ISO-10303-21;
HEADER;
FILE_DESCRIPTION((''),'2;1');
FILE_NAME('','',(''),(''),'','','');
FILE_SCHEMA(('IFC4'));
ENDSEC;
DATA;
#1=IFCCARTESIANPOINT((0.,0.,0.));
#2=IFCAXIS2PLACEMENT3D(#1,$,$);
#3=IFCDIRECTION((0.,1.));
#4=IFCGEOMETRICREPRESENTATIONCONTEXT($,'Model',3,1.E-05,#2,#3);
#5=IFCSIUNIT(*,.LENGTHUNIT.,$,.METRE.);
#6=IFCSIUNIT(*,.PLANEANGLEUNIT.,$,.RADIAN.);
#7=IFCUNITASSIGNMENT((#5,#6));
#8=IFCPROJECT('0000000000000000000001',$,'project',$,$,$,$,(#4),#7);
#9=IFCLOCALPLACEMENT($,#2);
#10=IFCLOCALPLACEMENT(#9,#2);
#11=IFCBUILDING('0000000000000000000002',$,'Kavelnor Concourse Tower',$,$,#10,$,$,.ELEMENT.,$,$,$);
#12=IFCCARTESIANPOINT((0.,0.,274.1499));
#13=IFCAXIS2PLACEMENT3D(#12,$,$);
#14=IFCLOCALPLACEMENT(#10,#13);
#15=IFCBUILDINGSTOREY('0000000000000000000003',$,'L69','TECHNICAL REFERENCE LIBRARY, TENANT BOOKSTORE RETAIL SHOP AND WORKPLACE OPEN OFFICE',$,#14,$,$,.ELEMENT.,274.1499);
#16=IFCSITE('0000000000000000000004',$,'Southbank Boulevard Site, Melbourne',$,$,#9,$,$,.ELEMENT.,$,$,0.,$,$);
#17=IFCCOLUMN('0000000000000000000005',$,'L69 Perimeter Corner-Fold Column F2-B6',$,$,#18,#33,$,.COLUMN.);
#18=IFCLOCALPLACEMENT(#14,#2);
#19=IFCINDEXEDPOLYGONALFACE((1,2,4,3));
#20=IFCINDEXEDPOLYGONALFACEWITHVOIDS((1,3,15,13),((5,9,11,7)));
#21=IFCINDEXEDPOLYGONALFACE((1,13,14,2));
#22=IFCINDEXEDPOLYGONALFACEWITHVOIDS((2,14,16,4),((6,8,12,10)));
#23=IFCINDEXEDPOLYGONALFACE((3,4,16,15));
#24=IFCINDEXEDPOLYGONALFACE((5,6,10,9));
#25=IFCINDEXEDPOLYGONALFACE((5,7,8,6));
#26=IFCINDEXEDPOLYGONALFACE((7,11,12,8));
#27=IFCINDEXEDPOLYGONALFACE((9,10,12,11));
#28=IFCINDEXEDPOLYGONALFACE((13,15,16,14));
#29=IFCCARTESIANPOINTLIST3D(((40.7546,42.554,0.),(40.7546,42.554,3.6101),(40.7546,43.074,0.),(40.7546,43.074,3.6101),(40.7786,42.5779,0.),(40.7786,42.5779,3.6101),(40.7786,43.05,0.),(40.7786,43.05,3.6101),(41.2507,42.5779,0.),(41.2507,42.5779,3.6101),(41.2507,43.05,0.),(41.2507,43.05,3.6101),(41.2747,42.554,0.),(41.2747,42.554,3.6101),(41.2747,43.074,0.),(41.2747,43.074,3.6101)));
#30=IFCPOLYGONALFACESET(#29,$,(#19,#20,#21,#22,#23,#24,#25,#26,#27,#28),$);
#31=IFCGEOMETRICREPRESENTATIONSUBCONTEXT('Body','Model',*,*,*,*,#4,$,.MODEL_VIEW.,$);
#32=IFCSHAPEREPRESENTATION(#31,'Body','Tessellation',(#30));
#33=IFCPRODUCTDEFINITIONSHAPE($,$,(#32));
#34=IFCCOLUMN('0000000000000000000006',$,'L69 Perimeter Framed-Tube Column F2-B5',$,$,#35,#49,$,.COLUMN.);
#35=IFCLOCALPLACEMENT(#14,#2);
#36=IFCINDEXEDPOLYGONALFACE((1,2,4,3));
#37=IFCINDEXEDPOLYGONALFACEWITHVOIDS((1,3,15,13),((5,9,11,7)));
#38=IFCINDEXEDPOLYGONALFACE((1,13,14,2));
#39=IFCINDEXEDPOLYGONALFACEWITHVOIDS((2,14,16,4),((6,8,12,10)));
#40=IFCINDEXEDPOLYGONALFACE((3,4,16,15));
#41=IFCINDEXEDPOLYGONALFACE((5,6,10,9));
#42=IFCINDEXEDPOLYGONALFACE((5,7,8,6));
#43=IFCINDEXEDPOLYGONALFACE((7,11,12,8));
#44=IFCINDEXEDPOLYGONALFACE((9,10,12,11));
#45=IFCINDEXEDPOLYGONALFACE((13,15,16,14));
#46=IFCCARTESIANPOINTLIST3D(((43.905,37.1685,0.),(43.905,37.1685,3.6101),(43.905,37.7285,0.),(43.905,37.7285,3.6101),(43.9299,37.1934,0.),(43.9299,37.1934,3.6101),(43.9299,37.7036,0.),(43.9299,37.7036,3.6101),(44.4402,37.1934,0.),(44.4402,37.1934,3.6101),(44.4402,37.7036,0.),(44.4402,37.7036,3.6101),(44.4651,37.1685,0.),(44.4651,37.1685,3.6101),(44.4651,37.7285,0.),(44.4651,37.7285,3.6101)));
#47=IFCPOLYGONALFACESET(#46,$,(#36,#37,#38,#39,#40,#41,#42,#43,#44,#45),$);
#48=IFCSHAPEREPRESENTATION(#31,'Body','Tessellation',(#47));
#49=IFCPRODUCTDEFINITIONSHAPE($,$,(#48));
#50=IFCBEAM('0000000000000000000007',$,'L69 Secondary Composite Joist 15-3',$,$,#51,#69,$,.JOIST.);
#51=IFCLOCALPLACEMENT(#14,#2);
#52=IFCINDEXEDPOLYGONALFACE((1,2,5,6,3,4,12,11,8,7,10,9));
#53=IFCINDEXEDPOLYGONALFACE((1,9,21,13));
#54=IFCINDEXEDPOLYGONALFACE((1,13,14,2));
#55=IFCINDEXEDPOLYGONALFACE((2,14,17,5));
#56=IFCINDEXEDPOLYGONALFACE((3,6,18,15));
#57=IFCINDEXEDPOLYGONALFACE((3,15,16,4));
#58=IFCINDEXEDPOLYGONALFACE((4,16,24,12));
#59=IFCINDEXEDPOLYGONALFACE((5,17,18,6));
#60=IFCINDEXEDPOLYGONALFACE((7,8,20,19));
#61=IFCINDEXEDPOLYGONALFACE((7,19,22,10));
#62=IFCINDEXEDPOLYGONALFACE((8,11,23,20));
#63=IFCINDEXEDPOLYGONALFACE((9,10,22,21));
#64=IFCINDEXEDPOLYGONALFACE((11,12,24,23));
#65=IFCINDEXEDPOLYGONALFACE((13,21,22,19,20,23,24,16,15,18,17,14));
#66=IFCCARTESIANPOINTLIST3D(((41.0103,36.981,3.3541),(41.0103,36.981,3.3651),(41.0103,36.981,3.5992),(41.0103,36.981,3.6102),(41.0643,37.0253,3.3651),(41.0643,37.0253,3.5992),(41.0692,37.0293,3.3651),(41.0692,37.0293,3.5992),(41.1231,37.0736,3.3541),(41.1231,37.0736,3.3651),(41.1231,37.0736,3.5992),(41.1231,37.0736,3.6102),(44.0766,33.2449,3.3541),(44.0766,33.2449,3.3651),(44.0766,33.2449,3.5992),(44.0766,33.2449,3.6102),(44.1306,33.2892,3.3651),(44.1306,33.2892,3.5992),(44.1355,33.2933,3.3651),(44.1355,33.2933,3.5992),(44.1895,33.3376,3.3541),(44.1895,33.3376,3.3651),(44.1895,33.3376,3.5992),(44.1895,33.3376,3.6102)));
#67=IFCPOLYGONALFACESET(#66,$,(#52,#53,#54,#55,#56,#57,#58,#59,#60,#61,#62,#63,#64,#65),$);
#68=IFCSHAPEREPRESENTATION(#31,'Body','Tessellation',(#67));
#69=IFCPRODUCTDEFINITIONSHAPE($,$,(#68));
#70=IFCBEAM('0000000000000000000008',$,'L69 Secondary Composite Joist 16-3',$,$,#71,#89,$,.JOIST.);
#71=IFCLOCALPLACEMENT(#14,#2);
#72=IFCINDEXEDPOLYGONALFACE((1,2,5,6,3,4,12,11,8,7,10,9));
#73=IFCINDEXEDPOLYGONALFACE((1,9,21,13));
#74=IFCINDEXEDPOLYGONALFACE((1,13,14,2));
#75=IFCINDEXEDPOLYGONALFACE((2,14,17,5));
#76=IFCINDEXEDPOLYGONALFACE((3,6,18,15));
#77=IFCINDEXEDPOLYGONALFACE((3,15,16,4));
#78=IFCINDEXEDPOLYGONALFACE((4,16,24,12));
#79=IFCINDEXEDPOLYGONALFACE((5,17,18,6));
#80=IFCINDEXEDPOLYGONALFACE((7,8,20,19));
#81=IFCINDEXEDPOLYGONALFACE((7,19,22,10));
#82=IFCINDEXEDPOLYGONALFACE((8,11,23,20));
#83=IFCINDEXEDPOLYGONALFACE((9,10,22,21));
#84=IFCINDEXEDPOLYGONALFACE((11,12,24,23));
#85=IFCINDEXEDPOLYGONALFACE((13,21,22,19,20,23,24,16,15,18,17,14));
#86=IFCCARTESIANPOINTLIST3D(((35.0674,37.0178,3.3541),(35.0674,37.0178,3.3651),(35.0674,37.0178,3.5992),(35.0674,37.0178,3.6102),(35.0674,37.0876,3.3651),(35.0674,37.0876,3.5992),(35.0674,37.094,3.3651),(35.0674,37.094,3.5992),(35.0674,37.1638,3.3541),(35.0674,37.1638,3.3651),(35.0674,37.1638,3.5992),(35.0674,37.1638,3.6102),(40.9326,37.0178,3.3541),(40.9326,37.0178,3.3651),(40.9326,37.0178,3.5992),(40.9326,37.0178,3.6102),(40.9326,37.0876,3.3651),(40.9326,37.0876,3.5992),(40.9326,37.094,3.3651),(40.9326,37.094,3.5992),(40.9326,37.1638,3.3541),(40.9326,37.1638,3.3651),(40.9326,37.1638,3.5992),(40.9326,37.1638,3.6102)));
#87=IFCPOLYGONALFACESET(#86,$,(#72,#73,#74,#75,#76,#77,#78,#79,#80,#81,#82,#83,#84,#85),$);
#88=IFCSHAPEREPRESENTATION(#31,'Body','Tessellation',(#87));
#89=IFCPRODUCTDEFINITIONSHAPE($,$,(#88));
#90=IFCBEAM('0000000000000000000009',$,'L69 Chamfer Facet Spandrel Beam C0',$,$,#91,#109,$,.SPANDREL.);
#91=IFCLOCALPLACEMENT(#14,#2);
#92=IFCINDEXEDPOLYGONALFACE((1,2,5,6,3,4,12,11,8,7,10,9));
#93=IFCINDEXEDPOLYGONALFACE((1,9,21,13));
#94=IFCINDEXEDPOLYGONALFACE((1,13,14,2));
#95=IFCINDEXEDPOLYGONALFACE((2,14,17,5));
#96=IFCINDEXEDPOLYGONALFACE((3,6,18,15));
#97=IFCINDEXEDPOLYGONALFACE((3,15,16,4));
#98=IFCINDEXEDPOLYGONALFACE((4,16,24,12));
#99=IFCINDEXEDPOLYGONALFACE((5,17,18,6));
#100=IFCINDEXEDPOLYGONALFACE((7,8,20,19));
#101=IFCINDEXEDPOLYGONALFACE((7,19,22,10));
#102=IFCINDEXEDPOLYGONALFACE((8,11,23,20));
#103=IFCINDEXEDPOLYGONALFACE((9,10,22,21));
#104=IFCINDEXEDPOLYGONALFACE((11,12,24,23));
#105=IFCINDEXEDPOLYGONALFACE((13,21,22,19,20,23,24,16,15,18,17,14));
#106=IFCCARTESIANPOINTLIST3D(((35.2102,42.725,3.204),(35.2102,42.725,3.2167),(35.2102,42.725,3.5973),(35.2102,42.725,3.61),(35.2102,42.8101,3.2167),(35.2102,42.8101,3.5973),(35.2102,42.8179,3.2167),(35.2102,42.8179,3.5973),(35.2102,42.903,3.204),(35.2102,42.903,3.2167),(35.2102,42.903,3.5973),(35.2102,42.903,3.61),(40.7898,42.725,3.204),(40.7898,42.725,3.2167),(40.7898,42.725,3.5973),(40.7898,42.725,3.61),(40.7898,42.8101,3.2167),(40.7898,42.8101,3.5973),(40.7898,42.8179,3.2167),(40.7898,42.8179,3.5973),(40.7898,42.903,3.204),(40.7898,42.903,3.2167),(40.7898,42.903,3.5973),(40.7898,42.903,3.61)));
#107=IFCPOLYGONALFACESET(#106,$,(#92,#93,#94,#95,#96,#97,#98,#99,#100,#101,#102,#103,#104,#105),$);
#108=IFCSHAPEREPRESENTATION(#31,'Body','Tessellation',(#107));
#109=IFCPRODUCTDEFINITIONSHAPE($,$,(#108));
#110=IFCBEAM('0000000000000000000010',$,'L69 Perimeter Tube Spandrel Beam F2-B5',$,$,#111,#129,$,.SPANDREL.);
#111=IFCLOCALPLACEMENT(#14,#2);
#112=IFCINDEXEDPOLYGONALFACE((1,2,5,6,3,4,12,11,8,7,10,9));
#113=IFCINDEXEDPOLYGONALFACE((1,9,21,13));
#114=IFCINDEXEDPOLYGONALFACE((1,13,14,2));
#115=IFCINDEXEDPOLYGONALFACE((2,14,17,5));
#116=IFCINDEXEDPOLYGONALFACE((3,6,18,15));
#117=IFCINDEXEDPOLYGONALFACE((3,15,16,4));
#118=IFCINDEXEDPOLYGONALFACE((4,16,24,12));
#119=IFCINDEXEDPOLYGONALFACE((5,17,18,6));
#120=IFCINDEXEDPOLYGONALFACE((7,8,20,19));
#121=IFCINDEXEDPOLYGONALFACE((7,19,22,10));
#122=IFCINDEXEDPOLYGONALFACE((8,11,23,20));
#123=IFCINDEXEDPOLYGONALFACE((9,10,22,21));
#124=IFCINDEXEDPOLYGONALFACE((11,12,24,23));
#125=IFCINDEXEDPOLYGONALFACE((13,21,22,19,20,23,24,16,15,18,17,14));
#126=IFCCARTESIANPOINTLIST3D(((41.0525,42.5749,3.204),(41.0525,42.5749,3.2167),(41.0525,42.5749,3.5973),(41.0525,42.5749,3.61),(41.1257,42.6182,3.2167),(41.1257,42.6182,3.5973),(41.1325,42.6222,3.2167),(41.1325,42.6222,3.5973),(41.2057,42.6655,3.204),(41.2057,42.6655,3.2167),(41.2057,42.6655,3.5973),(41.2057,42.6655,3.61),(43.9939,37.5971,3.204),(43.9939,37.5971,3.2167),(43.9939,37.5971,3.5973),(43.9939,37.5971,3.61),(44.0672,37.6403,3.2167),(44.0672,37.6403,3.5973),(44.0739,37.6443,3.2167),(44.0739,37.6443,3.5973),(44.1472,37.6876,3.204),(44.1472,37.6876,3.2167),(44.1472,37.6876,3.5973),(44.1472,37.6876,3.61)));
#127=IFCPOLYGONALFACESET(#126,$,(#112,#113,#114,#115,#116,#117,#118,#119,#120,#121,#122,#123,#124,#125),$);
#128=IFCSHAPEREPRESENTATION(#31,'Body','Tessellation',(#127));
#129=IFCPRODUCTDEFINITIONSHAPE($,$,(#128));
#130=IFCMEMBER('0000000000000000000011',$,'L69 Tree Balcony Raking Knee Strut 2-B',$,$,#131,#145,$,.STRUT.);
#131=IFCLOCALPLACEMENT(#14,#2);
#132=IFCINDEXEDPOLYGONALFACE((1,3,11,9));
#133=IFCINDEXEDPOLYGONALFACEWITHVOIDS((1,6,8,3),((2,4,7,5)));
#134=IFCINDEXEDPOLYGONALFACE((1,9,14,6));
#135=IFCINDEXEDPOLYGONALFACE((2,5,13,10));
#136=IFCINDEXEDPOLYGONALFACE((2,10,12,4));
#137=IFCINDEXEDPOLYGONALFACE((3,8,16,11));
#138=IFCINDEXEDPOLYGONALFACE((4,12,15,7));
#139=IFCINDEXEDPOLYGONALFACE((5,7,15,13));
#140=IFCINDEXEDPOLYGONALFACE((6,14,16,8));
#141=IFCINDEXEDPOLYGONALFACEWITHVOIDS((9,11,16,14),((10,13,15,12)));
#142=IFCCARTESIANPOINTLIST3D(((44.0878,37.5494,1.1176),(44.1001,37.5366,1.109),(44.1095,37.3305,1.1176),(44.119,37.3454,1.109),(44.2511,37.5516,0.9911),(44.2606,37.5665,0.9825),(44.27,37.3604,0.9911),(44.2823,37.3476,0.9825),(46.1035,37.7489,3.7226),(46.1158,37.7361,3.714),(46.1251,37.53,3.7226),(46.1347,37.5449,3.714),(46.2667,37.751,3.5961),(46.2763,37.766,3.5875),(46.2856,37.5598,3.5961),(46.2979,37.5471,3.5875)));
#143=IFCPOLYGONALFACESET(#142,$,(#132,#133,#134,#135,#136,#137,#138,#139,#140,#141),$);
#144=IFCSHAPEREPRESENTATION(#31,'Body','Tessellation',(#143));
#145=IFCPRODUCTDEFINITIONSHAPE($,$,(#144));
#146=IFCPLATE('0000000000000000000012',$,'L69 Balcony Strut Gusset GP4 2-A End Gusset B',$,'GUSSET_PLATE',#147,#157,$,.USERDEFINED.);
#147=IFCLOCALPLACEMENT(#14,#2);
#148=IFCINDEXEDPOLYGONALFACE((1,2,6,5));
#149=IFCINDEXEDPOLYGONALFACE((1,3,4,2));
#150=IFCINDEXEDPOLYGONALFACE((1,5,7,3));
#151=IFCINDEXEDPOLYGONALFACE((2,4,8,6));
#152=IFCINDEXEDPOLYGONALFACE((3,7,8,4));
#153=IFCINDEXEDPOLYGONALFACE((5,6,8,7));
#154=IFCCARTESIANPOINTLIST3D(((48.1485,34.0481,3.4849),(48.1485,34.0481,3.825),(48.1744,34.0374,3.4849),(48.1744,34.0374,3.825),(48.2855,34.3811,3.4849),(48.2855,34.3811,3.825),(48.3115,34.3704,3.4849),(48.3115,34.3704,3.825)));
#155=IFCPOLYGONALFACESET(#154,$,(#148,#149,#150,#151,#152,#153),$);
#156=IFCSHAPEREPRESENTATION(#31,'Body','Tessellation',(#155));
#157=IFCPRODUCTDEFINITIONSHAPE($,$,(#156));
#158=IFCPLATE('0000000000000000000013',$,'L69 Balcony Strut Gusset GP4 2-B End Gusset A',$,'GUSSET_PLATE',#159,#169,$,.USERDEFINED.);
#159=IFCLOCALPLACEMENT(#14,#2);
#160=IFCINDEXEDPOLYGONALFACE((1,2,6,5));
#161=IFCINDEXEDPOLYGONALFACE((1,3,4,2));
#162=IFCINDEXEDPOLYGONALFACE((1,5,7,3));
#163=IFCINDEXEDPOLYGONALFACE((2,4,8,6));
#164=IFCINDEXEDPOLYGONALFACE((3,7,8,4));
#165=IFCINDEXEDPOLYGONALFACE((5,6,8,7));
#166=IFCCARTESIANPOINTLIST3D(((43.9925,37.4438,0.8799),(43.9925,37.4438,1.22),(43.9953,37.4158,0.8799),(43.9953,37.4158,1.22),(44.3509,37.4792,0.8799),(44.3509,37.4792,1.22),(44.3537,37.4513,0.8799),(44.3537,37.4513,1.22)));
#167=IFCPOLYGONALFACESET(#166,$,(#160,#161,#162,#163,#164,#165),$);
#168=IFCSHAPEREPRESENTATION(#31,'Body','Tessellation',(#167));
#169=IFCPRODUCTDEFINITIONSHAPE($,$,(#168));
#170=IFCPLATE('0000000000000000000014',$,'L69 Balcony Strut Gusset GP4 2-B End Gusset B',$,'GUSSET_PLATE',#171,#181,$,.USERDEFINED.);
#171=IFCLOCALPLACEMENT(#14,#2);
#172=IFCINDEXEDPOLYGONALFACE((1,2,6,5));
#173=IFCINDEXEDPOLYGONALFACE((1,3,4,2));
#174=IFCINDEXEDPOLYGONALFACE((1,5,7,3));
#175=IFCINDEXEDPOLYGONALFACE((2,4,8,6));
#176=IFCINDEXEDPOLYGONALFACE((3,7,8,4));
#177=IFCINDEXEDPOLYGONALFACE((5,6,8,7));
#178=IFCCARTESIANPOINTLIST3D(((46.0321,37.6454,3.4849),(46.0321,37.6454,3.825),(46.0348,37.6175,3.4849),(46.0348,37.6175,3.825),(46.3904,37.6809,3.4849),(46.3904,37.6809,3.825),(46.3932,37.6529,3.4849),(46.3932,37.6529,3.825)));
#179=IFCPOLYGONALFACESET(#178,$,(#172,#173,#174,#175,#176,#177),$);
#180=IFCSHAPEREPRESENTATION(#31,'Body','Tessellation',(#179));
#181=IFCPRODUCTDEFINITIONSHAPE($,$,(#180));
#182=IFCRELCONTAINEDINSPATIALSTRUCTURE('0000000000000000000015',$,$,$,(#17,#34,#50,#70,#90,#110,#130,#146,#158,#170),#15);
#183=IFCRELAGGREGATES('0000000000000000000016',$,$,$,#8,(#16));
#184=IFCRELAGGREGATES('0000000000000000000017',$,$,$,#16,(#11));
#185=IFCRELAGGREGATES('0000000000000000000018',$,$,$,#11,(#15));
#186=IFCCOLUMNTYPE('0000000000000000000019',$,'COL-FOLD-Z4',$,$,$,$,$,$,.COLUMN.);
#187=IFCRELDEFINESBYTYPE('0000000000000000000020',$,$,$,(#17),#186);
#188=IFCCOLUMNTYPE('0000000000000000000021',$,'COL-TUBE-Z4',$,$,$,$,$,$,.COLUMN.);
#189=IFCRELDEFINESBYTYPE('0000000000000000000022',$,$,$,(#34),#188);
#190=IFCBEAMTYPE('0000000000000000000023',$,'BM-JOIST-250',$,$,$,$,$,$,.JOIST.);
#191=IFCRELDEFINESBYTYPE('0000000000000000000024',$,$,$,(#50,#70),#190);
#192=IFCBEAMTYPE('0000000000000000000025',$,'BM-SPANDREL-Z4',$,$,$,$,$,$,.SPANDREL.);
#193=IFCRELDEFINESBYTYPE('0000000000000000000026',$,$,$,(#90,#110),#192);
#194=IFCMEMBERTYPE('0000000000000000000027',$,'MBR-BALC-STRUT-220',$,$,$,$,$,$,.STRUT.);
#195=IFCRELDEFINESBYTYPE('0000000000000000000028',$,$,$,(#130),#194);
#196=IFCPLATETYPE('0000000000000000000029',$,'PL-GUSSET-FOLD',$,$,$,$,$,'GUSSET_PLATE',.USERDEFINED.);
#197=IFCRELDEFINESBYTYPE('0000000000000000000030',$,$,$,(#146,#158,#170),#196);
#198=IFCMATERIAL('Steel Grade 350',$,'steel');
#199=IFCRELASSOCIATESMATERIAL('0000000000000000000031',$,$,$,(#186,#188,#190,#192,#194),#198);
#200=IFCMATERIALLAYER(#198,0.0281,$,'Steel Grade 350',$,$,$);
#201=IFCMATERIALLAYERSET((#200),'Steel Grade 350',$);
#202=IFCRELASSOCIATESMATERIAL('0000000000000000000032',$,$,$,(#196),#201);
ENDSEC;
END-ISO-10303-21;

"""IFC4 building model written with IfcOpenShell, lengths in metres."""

from ifc_helpers import new_model, si_unit, direction, frame, origin, origin_2d, place, context, subcontext, project, spatial, rectangle, hollow_rectangle, i_section, extrude, material, layer, layer_set, material_profile, profile_set, type_object, element, save


model = new_model("IFC4")

# Units and contexts
model_context = context("Model", 3, precision=1e-05, world=origin(), true_north=direction((0.0, 1.0)))
body_context = subcontext(model_context, "Body", "Model", "MODEL_VIEW")
ifc_project = project(units=[si_unit("LENGTHUNIT", "METRE"), si_unit("PLANEANGLEUNIT", "RADIAN")], contexts=[model_context])

# Site, building, storey
site_placement = place(None, origin())
site = spatial("IfcSite", under=ifc_project, at=site_placement, Name="Southbank Boulevard Site, Melbourne", CompositionType="ELEMENT", RefElevation=0.0)
building_placement = place(site_placement, origin())
building = spatial("IfcBuilding", under=site, at=building_placement, Name="Kavelnor Concourse Tower", CompositionType="ELEMENT")
storey_placement = place(building_placement, frame((0.0, 0.0, 274.1499)))
storey = spatial("IfcBuildingStorey", under=building, at=storey_placement, Name="L69", Description="TECHNICAL REFERENCE LIBRARY, TENANT BOOKSTORE RETAIL SHOP AND WORKPLACE OPEN OFFICE", CompositionType="ELEMENT", Elevation=274.1499)

# Columns
ifc_material_1 = material(Name="Steel Grade 350", Category="steel")
ifc_material_profile_1 = material_profile(ifc_material_1, hollow_rectangle(XDim=0.52, YDim=0.52, WallThickness=0.0239, at=origin_2d()), Name="SHS 520x520x24")
ifc_profile_set_1 = profile_set([ifc_material_profile_1], Name="Steel Grade 350")
column_type_1 = type_object("IfcColumnType", Name="COL-FOLD-Z4", PredefinedType="COLUMN", material=ifc_profile_set_1)
column_1_placement = place(storey_placement, frame((41.0146, 42.814, 0.0), z_axis=(0.0, 0.0, 1.0), x_axis=(1.0, 0.0, 0.0)))
element("IfcColumn", 1, at=column_1_placement, inside=storey, type_object=column_type_1, Name="L69 Perimeter Corner-Fold Column F2-B6", PredefinedType="COLUMN", context=body_context, shape_type="SweptSolid", body=[
    extrude(hollow_rectangle(XDim=0.52, YDim=0.52, WallThickness=0.0239, at=origin_2d()), origin(), (0.0, 0.0, 1.0), 3.6101),
])
ifc_material_profile_2 = material_profile(ifc_material_1, hollow_rectangle(XDim=0.5601, YDim=0.5601, WallThickness=0.0249, at=origin_2d()), Name="SHS 560x560x25")
ifc_profile_set_2 = profile_set([ifc_material_profile_2], Name="Steel Grade 350")
column_type_2 = type_object("IfcColumnType", Name="COL-TUBE-Z4", PredefinedType="COLUMN", material=ifc_profile_set_2)
column_2_placement = place(storey_placement, frame((44.1851, 37.4485, 0.0), z_axis=(0.0, 0.0, 1.0), x_axis=(1.0, 0.0, 0.0)))
element("IfcColumn", 2, at=column_2_placement, inside=storey, type_object=column_type_2, Name="L69 Perimeter Framed-Tube Column F2-B5", PredefinedType="COLUMN", context=body_context, shape_type="SweptSolid", body=[
    extrude(hollow_rectangle(XDim=0.5601, YDim=0.5601, WallThickness=0.0249, at=origin_2d()), origin(), (0.0, 0.0, 1.0), 3.6101),
])

# Beams
ifc_material_profile_3 = material_profile(ifc_material_1, i_section(OverallWidth=0.146, OverallDepth=0.2561, WebThickness=0.0063, FlangeThickness=0.011, at=origin_2d()), Name="250UB37")
ifc_profile_set_3 = profile_set([ifc_material_profile_3], Name="Steel Grade 350")
beam_type_1 = type_object("IfcBeamType", Name="BM-JOIST-250", PredefinedType="JOIST", material=ifc_profile_set_3)
beam_1_placement = place(storey_placement, frame((44.1331, 33.2913, 3.4822), z_axis=(-0.634428, 0.772982, 0.0), x_axis=(-0.772982, -0.634428, 0.0)))
element("IfcBeam", 3, at=beam_1_placement, inside=storey, type_object=beam_type_1, Name="L69 Secondary Composite Joist 15-3", PredefinedType="JOIST", context=body_context, shape_type="SweptSolid", body=[
    extrude(i_section(OverallWidth=0.146, OverallDepth=0.2561, WebThickness=0.0063, FlangeThickness=0.011, at=origin_2d()), origin(), (0.0, 0.0, 1.0), 4.8333),
])
beam_2_placement = place(storey_placement, frame((40.9326, 37.0908, 3.4822), z_axis=(-1.0, 0.0, 0.0), x_axis=(0.0, -1.0, 0.0)))
element("IfcBeam", 4, at=beam_2_placement, inside=storey, type_object=beam_type_1, Name="L69 Secondary Composite Joist 16-3", PredefinedType="JOIST", context=body_context, shape_type="SweptSolid", body=[
    extrude(i_section(OverallWidth=0.146, OverallDepth=0.2561, WebThickness=0.0063, FlangeThickness=0.011, at=origin_2d()), origin(), (0.0, 0.0, 1.0), 5.8652),
])
ifc_material_profile_4 = material_profile(ifc_material_1, i_section(OverallWidth=0.178, OverallDepth=0.406, WebThickness=0.0078, FlangeThickness=0.0127, at=origin_2d()), Name="410UB59")
ifc_profile_set_4 = profile_set([ifc_material_profile_4], Name="Steel Grade 350")
beam_type_2 = type_object("IfcBeamType", Name="BM-SPANDREL-Z4", PredefinedType="SPANDREL", material=ifc_profile_set_4)
beam_3_placement = place(storey_placement, frame((40.7898, 42.814, 3.407), z_axis=(-1.0, 0.0, 0.0), x_axis=(0.0, -1.0, 0.0)))
element("IfcBeam", 5, at=beam_3_placement, inside=storey, type_object=beam_type_2, Name="L69 Chamfer Facet Spandrel Beam C0", PredefinedType="SPANDREL", context=body_context, shape_type="SweptSolid", body=[
    extrude(i_section(OverallWidth=0.178, OverallDepth=0.406, WebThickness=0.0078, FlangeThickness=0.0127, at=origin_2d()), origin(), (0.0, 0.0, 1.0), 5.5796),
])
beam_4_placement = place(storey_placement, frame((44.0706, 37.6423, 3.407), z_axis=(-0.508728, 0.860927, 0.0), x_axis=(-0.860927, -0.508728, 0.0)))
element("IfcBeam", 6, at=beam_4_placement, inside=storey, type_object=beam_type_2, Name="L69 Perimeter Tube Spandrel Beam F2-B5", PredefinedType="SPANDREL", context=body_context, shape_type="SweptSolid", body=[
    extrude(i_section(OverallWidth=0.178, OverallDepth=0.406, WebThickness=0.0078, FlangeThickness=0.0127, at=origin_2d()), origin(), (0.0, 0.0, 1.0), 5.782),
])

# Member
ifc_material_profile_5 = material_profile(ifc_material_1, hollow_rectangle(XDim=0.22, YDim=0.22, WallThickness=0.0139, at=origin_2d()), Name="SHS 220x220x14")
ifc_profile_set_5 = profile_set([ifc_material_profile_5], Name="Steel Grade 350")
member_type = type_object("IfcMemberType", Name="MBR-BALC-STRUT-220", PredefinedType="STRUT", material=ifc_profile_set_5)
member_placement = place(storey_placement, frame((44.1851, 37.4485, 1.05), z_axis=(0.610839, 0.060448, 0.789444), x_axis=(-0.098477, 0.995139, 0.0)))
element("IfcMember", 7, at=member_placement, inside=storey, type_object=member_type, Name="L69 Tree Balcony Raking Knee Strut 2-B", PredefinedType="STRUT", context=body_context, shape_type="SweptSolid", body=[
    extrude(hollow_rectangle(XDim=0.22, YDim=0.22, WallThickness=0.0139, at=origin_2d()), origin(), (0.0, 0.0, 1.0), 3.2998),
])

# Plates
ifc_layer_1 = layer(ifc_material_1, 0.0281, Name="Steel Grade 350")
ifc_layer_set_1 = layer_set([ifc_layer_1], Name="Steel Grade 350")
plate_type_1 = type_object("IfcPlateType", Name="PL-GUSSET-FOLD", ElementType="GUSSET_PLATE", PredefinedType="USERDEFINED", material=ifc_layer_set_1)
for number, where, z_axis, x_axis, name in (
    (8, (48.23, 34.2092, 3.4849), (0.0, 0.0, 1.0), (0.380586, 0.924745, 0.0), "L69 Balcony Strut Gusset GP4 2-A End Gusset B"),
    (9, (44.1731, 37.4475, 0.8799), (0.0, 0.0, 1.0), (0.995142, 0.098451, 0.0), "L69 Balcony Strut Gusset GP4 2-B End Gusset A"),
    (10, (46.2126, 37.6492, 3.4849), (0.0, 0.0, 1.0), (0.995142, 0.098451, 0.0), "L69 Balcony Strut Gusset GP4 2-B End Gusset B"),
):
    element("IfcPlate", number, at=place(storey_placement, frame(where, z_axis=z_axis, x_axis=x_axis)), inside=storey, type_object=plate_type_1, Name=name, ObjectType="GUSSET_PLATE", PredefinedType="USERDEFINED", context=body_context, shape_type="SweptSolid", body=[
        extrude(rectangle(XDim=0.3601, YDim=0.0281, at=origin_2d()), origin(), (0.0, 0.0, 1.0), 0.3401),
    ])

save(model, "model.ifc")
